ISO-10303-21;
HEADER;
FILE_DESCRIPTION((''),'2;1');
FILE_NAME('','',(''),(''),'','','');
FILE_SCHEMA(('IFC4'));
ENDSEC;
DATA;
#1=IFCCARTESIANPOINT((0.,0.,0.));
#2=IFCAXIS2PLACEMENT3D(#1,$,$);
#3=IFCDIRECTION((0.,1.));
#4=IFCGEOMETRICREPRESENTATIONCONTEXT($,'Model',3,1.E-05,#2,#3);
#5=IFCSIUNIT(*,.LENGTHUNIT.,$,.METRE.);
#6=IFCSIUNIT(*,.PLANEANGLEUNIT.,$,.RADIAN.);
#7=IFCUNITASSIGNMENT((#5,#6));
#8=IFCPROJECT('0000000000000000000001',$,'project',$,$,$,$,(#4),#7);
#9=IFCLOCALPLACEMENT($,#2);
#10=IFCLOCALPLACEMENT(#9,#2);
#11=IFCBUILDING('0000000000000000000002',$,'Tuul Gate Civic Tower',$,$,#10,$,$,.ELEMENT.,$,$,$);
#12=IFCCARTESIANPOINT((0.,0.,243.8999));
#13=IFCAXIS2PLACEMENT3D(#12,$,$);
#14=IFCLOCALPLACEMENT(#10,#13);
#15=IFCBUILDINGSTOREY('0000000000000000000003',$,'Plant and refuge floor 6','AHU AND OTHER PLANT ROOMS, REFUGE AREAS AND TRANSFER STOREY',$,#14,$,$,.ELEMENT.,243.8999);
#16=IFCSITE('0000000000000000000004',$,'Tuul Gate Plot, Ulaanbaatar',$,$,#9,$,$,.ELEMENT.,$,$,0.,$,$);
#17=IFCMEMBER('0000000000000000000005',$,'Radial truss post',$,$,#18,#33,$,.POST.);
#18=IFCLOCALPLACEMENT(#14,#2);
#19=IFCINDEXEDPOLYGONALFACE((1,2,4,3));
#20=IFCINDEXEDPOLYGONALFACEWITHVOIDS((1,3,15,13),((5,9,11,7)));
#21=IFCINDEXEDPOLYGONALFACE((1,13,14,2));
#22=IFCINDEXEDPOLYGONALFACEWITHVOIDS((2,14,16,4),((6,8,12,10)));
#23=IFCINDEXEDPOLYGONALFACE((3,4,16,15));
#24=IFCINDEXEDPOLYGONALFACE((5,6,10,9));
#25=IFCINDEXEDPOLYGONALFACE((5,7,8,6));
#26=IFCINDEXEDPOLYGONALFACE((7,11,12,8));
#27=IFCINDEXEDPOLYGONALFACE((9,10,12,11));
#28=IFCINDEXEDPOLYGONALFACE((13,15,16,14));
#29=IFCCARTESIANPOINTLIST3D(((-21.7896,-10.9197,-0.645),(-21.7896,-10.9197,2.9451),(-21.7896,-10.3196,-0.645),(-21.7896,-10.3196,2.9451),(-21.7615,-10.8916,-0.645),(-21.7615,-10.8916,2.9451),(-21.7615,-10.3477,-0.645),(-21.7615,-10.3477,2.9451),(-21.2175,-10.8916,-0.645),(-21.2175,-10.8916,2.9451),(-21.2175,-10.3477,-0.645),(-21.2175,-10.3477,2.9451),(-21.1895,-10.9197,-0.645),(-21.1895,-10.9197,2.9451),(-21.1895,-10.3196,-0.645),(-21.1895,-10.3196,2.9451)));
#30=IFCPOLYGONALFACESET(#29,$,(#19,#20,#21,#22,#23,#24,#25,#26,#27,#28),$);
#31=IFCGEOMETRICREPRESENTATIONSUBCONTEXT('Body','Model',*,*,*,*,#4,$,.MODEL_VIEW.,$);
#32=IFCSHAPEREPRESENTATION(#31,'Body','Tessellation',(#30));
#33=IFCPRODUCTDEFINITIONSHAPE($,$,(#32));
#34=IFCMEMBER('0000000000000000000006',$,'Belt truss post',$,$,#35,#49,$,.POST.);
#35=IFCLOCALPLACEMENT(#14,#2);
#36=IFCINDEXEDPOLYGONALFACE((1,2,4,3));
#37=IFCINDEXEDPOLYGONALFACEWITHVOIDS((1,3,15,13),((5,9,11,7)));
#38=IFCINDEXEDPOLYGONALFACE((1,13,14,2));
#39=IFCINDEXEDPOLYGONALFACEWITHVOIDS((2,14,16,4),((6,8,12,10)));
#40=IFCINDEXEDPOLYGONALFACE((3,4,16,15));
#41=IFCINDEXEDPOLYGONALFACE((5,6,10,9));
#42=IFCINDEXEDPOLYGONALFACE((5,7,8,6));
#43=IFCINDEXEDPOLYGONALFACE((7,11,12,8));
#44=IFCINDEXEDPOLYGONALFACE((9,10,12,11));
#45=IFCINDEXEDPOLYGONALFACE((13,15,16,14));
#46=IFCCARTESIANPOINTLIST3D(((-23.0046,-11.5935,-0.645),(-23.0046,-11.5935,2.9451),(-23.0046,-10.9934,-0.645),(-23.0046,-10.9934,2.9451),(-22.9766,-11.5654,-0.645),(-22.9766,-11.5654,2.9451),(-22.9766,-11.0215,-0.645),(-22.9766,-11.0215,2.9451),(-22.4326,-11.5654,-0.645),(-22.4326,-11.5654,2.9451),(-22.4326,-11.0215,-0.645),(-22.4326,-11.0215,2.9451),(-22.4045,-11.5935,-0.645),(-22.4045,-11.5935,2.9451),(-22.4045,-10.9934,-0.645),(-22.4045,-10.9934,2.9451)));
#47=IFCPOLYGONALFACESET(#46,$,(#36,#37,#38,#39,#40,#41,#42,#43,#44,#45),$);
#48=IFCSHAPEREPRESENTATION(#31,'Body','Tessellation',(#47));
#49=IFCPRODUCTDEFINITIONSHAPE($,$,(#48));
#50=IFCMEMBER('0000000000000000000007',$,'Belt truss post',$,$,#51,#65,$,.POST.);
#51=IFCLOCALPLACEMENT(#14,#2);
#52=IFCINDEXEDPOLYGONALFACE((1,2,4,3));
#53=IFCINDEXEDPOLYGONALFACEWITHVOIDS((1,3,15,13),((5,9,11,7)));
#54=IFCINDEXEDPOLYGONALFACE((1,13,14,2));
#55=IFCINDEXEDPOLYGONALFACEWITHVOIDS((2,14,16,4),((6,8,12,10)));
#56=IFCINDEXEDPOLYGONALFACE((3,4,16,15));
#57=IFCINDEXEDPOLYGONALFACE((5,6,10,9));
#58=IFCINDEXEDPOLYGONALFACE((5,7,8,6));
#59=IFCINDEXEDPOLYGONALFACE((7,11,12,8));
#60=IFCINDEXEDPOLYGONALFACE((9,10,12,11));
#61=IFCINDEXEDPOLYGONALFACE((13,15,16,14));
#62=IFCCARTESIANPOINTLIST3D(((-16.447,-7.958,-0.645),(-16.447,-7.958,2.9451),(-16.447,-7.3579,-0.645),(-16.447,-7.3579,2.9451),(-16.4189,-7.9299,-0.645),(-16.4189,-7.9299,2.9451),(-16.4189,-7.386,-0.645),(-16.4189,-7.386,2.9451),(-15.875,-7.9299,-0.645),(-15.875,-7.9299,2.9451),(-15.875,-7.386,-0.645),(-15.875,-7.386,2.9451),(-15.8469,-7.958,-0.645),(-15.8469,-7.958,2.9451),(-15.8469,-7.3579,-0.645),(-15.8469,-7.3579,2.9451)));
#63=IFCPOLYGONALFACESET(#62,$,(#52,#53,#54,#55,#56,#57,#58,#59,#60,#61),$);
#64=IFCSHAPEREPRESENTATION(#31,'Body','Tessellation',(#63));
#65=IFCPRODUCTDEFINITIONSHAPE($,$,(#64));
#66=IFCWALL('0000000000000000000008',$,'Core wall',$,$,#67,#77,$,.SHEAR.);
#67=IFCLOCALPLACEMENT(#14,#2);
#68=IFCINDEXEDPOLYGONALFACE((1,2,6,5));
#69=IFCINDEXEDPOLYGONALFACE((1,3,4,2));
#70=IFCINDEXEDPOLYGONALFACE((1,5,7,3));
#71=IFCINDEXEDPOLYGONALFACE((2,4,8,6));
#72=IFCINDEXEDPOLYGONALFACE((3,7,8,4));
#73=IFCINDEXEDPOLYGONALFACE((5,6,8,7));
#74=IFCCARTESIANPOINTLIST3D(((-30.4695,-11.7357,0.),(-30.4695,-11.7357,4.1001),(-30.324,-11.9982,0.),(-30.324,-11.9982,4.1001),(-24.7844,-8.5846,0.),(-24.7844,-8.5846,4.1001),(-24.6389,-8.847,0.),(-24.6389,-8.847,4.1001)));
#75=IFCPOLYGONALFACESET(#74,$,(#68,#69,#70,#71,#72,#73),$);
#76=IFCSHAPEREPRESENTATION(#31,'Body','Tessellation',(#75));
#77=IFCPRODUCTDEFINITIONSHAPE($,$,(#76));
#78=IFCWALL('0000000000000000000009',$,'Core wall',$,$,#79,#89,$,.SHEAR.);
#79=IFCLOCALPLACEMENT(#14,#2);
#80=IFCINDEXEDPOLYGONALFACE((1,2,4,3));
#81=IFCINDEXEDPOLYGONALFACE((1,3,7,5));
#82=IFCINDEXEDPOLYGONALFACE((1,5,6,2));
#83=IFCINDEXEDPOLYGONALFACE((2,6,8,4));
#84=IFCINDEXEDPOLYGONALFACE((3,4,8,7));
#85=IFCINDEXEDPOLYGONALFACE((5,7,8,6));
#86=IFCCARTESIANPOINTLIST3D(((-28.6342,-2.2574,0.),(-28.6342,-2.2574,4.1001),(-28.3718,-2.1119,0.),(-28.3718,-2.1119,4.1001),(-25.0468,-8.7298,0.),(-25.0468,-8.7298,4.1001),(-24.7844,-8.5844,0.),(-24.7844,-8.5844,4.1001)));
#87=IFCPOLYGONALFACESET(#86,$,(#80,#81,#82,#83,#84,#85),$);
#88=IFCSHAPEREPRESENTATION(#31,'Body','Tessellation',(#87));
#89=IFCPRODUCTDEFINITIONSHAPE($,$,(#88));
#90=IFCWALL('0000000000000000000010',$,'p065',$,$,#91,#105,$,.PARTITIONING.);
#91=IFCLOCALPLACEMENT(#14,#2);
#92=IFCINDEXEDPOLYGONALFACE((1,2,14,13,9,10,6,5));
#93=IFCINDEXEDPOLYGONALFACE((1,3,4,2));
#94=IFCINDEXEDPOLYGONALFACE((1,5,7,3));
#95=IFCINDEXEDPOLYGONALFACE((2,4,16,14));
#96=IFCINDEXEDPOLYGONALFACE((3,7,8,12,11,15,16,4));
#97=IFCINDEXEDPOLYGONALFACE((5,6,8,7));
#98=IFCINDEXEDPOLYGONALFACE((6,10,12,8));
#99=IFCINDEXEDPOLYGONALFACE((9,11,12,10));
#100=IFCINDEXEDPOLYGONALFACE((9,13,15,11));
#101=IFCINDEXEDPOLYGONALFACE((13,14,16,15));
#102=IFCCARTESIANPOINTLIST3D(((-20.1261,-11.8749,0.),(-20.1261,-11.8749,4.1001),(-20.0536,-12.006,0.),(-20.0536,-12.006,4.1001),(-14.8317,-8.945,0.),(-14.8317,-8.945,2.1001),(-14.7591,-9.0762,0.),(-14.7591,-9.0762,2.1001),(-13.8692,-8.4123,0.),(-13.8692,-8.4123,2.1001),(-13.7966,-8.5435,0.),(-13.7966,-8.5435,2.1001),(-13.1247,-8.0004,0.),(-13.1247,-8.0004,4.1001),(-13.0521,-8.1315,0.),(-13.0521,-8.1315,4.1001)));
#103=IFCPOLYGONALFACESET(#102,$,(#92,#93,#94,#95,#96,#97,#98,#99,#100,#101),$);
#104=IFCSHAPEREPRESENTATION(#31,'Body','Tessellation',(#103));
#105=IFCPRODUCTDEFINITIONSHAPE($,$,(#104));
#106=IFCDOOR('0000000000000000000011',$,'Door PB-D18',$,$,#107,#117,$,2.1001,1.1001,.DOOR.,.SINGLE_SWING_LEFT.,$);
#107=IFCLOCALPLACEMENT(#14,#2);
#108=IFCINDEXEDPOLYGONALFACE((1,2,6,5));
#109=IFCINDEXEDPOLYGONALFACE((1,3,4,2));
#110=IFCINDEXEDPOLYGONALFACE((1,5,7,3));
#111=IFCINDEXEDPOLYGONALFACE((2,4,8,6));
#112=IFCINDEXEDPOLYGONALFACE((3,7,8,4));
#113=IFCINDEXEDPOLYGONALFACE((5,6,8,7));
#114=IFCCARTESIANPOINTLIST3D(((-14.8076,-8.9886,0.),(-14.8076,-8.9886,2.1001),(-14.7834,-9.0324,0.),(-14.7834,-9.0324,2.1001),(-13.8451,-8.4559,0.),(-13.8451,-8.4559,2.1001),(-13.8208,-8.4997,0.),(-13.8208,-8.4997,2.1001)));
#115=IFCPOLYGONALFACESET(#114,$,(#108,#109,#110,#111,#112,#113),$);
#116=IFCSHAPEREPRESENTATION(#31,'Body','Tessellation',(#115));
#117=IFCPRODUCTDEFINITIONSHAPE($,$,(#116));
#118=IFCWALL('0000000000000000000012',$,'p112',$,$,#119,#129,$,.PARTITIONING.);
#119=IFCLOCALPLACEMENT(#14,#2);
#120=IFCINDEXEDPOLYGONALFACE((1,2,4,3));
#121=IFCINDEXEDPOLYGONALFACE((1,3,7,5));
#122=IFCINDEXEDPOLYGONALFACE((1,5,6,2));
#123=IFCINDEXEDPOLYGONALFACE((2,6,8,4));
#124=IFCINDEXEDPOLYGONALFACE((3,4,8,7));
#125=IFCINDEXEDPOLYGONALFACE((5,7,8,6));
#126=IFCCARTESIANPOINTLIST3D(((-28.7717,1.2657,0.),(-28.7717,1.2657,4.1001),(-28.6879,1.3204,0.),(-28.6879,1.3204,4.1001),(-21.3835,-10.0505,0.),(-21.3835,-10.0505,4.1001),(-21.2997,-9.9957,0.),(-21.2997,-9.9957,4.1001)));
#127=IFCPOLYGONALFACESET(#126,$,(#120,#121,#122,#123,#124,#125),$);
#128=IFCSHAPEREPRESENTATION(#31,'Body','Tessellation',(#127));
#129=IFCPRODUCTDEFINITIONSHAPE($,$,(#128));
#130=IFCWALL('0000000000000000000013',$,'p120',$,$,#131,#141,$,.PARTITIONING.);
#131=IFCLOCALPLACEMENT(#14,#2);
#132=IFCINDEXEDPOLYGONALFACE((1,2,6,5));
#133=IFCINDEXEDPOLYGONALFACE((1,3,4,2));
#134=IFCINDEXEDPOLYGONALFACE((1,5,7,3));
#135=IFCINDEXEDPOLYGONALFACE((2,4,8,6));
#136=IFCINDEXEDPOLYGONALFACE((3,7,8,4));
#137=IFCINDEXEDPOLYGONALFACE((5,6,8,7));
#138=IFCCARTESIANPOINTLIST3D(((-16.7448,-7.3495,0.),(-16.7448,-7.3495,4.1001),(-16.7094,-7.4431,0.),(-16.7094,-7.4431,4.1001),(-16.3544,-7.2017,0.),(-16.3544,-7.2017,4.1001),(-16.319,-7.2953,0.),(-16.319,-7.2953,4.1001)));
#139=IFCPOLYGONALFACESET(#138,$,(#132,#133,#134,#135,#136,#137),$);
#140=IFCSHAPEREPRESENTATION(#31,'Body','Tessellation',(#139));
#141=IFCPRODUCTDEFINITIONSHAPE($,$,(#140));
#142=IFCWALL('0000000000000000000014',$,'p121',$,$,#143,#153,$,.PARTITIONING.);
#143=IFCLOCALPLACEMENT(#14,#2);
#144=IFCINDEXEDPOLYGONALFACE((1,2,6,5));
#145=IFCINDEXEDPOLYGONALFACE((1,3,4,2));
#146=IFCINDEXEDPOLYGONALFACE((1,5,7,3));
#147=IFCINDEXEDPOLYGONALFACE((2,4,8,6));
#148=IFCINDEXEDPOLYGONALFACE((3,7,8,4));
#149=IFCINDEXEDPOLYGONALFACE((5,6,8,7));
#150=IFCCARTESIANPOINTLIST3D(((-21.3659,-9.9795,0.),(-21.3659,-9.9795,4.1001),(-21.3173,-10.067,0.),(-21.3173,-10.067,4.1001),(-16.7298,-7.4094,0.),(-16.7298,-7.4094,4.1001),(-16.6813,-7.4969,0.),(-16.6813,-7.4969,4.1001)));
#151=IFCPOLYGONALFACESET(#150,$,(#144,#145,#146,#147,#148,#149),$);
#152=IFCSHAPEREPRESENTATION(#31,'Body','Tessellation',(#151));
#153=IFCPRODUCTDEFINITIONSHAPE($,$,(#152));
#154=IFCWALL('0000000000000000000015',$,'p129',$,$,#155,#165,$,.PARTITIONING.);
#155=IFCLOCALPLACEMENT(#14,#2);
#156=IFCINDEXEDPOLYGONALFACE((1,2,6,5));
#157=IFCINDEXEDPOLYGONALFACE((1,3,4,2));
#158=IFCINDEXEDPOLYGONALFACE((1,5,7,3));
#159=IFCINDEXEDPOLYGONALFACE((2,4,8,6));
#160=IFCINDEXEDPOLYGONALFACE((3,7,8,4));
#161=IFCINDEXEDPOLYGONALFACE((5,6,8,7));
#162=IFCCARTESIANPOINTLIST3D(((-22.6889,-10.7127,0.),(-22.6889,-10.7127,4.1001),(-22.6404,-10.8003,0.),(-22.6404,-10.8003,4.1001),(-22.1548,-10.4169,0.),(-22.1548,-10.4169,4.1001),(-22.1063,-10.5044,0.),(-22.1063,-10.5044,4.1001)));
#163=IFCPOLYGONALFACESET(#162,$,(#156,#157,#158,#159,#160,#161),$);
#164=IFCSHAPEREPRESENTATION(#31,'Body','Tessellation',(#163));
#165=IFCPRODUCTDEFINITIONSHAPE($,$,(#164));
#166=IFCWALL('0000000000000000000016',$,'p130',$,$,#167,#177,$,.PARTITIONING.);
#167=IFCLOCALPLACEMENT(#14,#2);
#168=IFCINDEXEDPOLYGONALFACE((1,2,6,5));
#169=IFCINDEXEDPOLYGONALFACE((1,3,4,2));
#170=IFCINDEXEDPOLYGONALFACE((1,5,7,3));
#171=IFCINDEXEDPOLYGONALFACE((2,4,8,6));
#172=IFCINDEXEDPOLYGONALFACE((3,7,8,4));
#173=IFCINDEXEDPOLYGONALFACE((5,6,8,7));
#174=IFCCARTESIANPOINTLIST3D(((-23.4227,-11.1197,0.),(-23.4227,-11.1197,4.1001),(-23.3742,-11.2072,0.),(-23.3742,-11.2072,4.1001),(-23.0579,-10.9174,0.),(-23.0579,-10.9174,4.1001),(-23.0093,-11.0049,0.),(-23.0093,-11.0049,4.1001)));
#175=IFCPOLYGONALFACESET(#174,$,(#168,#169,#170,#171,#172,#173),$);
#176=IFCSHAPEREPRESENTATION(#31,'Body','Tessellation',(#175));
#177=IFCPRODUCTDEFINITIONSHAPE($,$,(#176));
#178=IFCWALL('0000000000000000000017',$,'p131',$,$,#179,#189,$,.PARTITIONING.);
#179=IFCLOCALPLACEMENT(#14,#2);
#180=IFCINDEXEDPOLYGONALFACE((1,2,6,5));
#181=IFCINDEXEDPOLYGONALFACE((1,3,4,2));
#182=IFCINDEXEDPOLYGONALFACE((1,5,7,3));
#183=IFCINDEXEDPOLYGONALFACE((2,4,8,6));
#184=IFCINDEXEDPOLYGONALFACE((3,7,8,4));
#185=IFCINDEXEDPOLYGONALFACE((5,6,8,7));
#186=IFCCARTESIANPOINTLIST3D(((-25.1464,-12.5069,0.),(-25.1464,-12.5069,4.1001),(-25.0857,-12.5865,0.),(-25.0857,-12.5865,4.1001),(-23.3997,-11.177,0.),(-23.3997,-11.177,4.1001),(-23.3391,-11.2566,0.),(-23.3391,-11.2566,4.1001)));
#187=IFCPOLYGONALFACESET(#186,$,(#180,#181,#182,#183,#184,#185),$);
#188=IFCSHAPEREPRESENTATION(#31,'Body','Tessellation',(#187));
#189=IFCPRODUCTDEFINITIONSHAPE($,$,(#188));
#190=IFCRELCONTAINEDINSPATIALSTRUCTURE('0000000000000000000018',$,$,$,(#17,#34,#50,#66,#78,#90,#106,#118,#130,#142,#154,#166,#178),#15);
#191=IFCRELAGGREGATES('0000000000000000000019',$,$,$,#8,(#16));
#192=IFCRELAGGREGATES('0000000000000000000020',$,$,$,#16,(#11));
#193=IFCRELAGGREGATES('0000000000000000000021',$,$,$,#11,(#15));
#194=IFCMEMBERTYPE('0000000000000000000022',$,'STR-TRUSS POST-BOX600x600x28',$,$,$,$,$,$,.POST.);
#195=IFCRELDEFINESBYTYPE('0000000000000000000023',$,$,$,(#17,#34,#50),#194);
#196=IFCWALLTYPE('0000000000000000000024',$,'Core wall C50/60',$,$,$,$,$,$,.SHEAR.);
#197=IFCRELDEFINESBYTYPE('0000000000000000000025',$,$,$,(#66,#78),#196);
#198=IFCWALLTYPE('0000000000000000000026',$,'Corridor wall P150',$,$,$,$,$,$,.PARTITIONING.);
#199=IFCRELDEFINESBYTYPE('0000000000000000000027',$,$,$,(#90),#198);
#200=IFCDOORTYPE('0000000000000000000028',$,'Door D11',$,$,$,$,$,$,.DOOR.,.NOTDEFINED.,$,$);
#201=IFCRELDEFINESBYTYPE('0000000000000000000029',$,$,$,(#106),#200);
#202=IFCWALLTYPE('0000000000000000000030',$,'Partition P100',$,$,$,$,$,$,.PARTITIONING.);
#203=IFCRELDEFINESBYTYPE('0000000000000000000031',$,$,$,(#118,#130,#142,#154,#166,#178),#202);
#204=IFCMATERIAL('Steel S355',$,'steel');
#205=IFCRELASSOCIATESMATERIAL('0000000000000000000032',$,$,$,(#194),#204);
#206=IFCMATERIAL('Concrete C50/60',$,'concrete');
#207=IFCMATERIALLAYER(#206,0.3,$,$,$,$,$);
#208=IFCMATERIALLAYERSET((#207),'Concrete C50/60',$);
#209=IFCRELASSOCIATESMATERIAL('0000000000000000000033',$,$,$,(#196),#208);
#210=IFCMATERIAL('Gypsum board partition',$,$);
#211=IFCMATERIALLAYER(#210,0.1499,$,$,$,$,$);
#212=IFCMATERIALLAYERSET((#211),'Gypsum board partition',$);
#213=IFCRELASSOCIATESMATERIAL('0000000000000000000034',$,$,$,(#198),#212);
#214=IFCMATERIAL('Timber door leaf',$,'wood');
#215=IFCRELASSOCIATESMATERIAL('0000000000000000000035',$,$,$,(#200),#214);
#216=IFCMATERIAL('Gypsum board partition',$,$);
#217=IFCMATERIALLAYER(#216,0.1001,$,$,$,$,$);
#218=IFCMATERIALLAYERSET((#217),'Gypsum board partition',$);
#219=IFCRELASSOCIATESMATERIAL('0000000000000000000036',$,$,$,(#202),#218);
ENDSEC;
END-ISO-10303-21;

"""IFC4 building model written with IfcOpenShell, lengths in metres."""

from ifc_helpers import new_model, si_unit, direction, frame, frame_2d, origin, origin_2d, place, context, subcontext, project, spatial, rectangle, hollow_rectangle, extrude, material, layer, layer_set, material_profile, profile_set, type_object, element, fill, save


model = new_model("IFC4")

# Units and contexts
model_context = context("Model", 3, precision=1e-05, world=origin(), true_north=direction((0.0, 1.0)))
body_context = subcontext(model_context, "Body", "Model", "MODEL_VIEW")
ifc_project = project(units=[si_unit("LENGTHUNIT", "METRE"), si_unit("PLANEANGLEUNIT", "RADIAN")], contexts=[model_context])

# Site, building, storey
site_placement = place(None, origin())
site = spatial("IfcSite", under=ifc_project, at=site_placement, Name="Tuul Gate Plot, Ulaanbaatar", CompositionType="ELEMENT", RefElevation=0.0)
building_placement = place(site_placement, origin())
building = spatial("IfcBuilding", under=site, at=building_placement, Name="Tuul Gate Civic Tower", CompositionType="ELEMENT")
storey_placement = place(building_placement, frame((0.0, 0.0, 243.8999)))
storey = spatial("IfcBuildingStorey", under=building, at=storey_placement, Name="Plant and refuge floor 6", Description="AHU AND OTHER PLANT ROOMS, REFUGE AREAS AND TRANSFER STOREY", CompositionType="ELEMENT", Elevation=243.8999)

# Members
ifc_material_1 = material(Name="Steel S355", Category="steel")
ifc_material_profile_1 = material_profile(ifc_material_1, hollow_rectangle(XDim=0.6001, YDim=0.6001, WallThickness=0.0281, at=origin_2d()), Name="BOX600x600x28")
ifc_profile_set_1 = profile_set([ifc_material_profile_1], Name="Steel S355")
member_type_1 = type_object("IfcMemberType", Name="STR-TRUSS POST-BOX600x600x28", PredefinedType="POST", material=ifc_profile_set_1)
for number, where, z_axis, x_axis, name in (
    (1, (-21.4895, -10.6196, -0.645), (0.0, 0.0, 1.0), (1.0, 0.0, 0.0), "Radial truss post"),
    (2, (-22.7046, -11.2935, -0.645), (0.0, 0.0, 1.0), (1.0, 0.0, 0.0), "Belt truss post"),
    (3, (-16.147, -7.658, -0.645), (0.0, 0.0, 1.0), (1.0, 0.0, 0.0), "Belt truss post"),
):
    element("IfcMember", number, at=place(storey_placement, frame(where, z_axis=z_axis, x_axis=x_axis)), inside=storey, type_object=member_type_1, Name=name, PredefinedType="POST", context=body_context, shape_type="SweptSolid", body=[
        extrude(hollow_rectangle(XDim=0.6001, YDim=0.6001, WallThickness=0.0281, at=origin_2d()), origin(), (0.0, 0.0, 1.0), 3.5901),
    ])

# Walls
ifc_material_2 = material(Name="Concrete C50/60", Category="concrete")
ifc_layer_1 = layer(ifc_material_2, 0.3)
ifc_layer_set_1 = layer_set([ifc_layer_1], Name="Concrete C50/60")
wall_type_1 = type_object("IfcWallType", Name="Core wall C50/60", PredefinedType="SHEAR", material=ifc_layer_set_1)
wall_1_placement = place(storey_placement, frame((-24.7117, -8.7158, 0.0), z_axis=(0.0, 0.0, 1.0), x_axis=(-0.87463, -0.484791, 0.0)))
element("IfcWall", 4, at=wall_1_placement, inside=storey, type_object=wall_type_1, Name="Core wall", PredefinedType="SHEAR", context=body_context, shape_type="SweptSolid", body=[
    extrude(rectangle(XDim=6.5, YDim=0.3, at=frame_2d((3.25, 0.0))), origin(), (0.0, 0.0, 1.0), 4.1001),
])
wall_2_placement = place(storey_placement, frame((-24.9155, -8.6572, 0.0), z_axis=(0.0, 0.0, 1.0), x_axis=(-0.484777, 0.874638, 0.0)))
element("IfcWall", 5, at=wall_2_placement, inside=storey, type_object=wall_type_1, Name="Core wall", PredefinedType="SHEAR", context=body_context, shape_type="SweptSolid", body=[
    extrude(rectangle(XDim=7.4001, YDim=0.3, at=frame_2d((3.7002, 0.0))), origin(), (0.0, 0.0, 1.0), 4.1001),
])

# Wall, opening, door
ifc_material_3 = material(Name="Gypsum board partition")
ifc_layer_2 = layer(ifc_material_3, 0.1499)
ifc_layer_set_2 = layer_set([ifc_layer_2], Name="Gypsum board partition")
wall_type_2 = type_object("IfcWallType", Name="Corridor wall P150", PredefinedType="PARTITIONING", material=ifc_layer_set_2)
wall_3_placement = place(storey_placement, frame((-20.0898, -11.9404, 0.0), z_axis=(0.0, 0.0, 1.0), x_axis=(0.874962, 0.484192, 0.0)))
wall_3 = element("IfcWall", 6, at=wall_3_placement, inside=storey, type_object=wall_type_2, Name="p065", PredefinedType="PARTITIONING", context=body_context, shape_type="SweptSolid", body=[
    extrude(rectangle(XDim=8.002, YDim=0.1499, at=frame_2d((4.001, 0.0))), origin(), (0.0, 0.0, 1.0), 4.1001),
])
opening_placement = place(wall_3_placement, frame((6.051, 0.0, 0.0)))
opening = element("IfcOpeningElement", 7, at=opening_placement, cuts=wall_3, PredefinedType="OPENING", context=body_context, shape_type="SweptSolid", body=[
    extrude(rectangle(XDim=1.1001, YDim=2.1001, at=frame_2d((0.55, 1.05))), frame((0.0, 0.085, 0.0), z_axis=(0.0, -1.0, 0.0), x_axis=(1.0, 0.0, 0.0)), (0.0, 0.0, 1.0), 0.1699),
])
ifc_material_4 = material(Name="Timber door leaf", Category="wood")
door_type = type_object("IfcDoorType", Name="Door D11", OperationType="NOTDEFINED", PredefinedType="DOOR", material=ifc_material_4)
door_placement = place(opening_placement, frame((1.1001, 0.0, 0.0), z_axis=(0.0, 0.0, 1.0), x_axis=(-1.0, 0.0, 0.0)))
door = element("IfcDoor", 8, at=door_placement, inside=storey, type_object=door_type, Name="Door PB-D18", OperationType="SINGLE_SWING_LEFT", OverallHeight=2.1001, OverallWidth=1.1001, PredefinedType="DOOR", context=body_context, shape_type="SweptSolid", body=[
    extrude(rectangle(XDim=1.1001, YDim=2.1001, at=frame_2d((0.55, 1.05))), frame((0.0, 0.0249, 0.0), z_axis=(0.0, -1.0, 0.0), x_axis=(1.0, 0.0, 0.0)), (0.0, 0.0, 1.0), 0.05),
])
fill(opening, door)

# Walls
ifc_material_5 = material(Name="Gypsum board partition")
ifc_layer_3 = layer(ifc_material_5, 0.1001)
ifc_layer_set_3 = layer_set([ifc_layer_3], Name="Gypsum board partition")
wall_type_3 = type_object("IfcWallType", Name="Partition P100", PredefinedType="PARTITIONING", material=ifc_layer_set_3)
wall_4_placement = place(storey_placement, frame((-21.3416, -10.0232, 0.0), z_axis=(0.0, 0.0, 1.0), x_axis=(-0.546687, 0.837337, 0.0)))
element("IfcWall", 9, at=wall_4_placement, inside=storey, type_object=wall_type_3, Name="p112", PredefinedType="PARTITIONING", context=body_context, shape_type="SweptSolid", body=[
    extrude(rectangle(XDim=13.5144, YDim=0.1001, at=frame_2d((6.7573, 0.0))), origin(), (0.0, 0.0, 1.0), 4.1001),
])
wall_5_placement = place(storey_placement, frame((-16.3367, -7.2485, 0.0), z_axis=(0.0, 0.0, 1.0), x_axis=(-0.935291, -0.353878, 0.0)))
element("IfcWall", 10, at=wall_5_placement, inside=storey, type_object=wall_type_3, Name="p120", PredefinedType="PARTITIONING", context=body_context, shape_type="SweptSolid", body=[
    extrude(rectangle(XDim=0.4175, YDim=0.1001, at=frame_2d((0.2087, 0.0))), origin(), (0.0, 0.0, 1.0), 4.1001),
])
wall_6_placement = place(storey_placement, frame((-16.7056, -7.4531, 0.0), z_axis=(0.0, 0.0, 1.0), x_axis=(-0.874596, -0.484853, 0.0)))
element("IfcWall", 11, at=wall_6_placement, inside=storey, type_object=wall_type_3, Name="p121", PredefinedType="PARTITIONING", context=body_context, shape_type="SweptSolid", body=[
    extrude(rectangle(XDim=5.3008, YDim=0.1001, at=frame_2d((2.6504, 0.0))), origin(), (0.0, 0.0, 1.0), 4.1001),
])
wall_7_placement = place(storey_placement, frame((-22.1306, -10.4607, 0.0), z_axis=(0.0, 0.0, 1.0), x_axis=(-0.87476, -0.484556, 0.0)))
element("IfcWall", 12, at=wall_7_placement, inside=storey, type_object=wall_type_3, Name="p129", PredefinedType="PARTITIONING", context=body_context, shape_type="SweptSolid", body=[
    extrude(rectangle(XDim=0.6106, YDim=0.1001, at=frame_2d((0.3052, 0.0))), origin(), (0.0, 0.0, 1.0), 4.1001),
])
wall_8_placement = place(storey_placement, frame((-23.0337, -10.9612, 0.0), z_axis=(0.0, 0.0, 1.0), x_axis=(-0.874543, -0.484947, 0.0)))
element("IfcWall", 13, at=wall_8_placement, inside=storey, type_object=wall_type_3, Name="p130", PredefinedType="PARTITIONING", context=body_context, shape_type="SweptSolid", body=[
    extrude(rectangle(XDim=0.4172, YDim=0.1001, at=frame_2d((0.2085, 0.0))), origin(), (0.0, 0.0, 1.0), 4.1001),
])
wall_9_placement = place(storey_placement, frame((-23.3694, -11.2168, 0.0), z_axis=(0.0, 0.0, 1.0), x_axis=(-0.795628, -0.605785, 0.0)))
element("IfcWall", 14, at=wall_9_placement, inside=storey, type_object=wall_type_3, Name="p131", PredefinedType="PARTITIONING", context=body_context, shape_type="SweptSolid", body=[
    extrude(rectangle(XDim=2.1953, YDim=0.1001, at=frame_2d((1.0977, 0.0))), origin(), (0.0, 0.0, 1.0), 4.1001),
])

save(model, "model.ifc")
